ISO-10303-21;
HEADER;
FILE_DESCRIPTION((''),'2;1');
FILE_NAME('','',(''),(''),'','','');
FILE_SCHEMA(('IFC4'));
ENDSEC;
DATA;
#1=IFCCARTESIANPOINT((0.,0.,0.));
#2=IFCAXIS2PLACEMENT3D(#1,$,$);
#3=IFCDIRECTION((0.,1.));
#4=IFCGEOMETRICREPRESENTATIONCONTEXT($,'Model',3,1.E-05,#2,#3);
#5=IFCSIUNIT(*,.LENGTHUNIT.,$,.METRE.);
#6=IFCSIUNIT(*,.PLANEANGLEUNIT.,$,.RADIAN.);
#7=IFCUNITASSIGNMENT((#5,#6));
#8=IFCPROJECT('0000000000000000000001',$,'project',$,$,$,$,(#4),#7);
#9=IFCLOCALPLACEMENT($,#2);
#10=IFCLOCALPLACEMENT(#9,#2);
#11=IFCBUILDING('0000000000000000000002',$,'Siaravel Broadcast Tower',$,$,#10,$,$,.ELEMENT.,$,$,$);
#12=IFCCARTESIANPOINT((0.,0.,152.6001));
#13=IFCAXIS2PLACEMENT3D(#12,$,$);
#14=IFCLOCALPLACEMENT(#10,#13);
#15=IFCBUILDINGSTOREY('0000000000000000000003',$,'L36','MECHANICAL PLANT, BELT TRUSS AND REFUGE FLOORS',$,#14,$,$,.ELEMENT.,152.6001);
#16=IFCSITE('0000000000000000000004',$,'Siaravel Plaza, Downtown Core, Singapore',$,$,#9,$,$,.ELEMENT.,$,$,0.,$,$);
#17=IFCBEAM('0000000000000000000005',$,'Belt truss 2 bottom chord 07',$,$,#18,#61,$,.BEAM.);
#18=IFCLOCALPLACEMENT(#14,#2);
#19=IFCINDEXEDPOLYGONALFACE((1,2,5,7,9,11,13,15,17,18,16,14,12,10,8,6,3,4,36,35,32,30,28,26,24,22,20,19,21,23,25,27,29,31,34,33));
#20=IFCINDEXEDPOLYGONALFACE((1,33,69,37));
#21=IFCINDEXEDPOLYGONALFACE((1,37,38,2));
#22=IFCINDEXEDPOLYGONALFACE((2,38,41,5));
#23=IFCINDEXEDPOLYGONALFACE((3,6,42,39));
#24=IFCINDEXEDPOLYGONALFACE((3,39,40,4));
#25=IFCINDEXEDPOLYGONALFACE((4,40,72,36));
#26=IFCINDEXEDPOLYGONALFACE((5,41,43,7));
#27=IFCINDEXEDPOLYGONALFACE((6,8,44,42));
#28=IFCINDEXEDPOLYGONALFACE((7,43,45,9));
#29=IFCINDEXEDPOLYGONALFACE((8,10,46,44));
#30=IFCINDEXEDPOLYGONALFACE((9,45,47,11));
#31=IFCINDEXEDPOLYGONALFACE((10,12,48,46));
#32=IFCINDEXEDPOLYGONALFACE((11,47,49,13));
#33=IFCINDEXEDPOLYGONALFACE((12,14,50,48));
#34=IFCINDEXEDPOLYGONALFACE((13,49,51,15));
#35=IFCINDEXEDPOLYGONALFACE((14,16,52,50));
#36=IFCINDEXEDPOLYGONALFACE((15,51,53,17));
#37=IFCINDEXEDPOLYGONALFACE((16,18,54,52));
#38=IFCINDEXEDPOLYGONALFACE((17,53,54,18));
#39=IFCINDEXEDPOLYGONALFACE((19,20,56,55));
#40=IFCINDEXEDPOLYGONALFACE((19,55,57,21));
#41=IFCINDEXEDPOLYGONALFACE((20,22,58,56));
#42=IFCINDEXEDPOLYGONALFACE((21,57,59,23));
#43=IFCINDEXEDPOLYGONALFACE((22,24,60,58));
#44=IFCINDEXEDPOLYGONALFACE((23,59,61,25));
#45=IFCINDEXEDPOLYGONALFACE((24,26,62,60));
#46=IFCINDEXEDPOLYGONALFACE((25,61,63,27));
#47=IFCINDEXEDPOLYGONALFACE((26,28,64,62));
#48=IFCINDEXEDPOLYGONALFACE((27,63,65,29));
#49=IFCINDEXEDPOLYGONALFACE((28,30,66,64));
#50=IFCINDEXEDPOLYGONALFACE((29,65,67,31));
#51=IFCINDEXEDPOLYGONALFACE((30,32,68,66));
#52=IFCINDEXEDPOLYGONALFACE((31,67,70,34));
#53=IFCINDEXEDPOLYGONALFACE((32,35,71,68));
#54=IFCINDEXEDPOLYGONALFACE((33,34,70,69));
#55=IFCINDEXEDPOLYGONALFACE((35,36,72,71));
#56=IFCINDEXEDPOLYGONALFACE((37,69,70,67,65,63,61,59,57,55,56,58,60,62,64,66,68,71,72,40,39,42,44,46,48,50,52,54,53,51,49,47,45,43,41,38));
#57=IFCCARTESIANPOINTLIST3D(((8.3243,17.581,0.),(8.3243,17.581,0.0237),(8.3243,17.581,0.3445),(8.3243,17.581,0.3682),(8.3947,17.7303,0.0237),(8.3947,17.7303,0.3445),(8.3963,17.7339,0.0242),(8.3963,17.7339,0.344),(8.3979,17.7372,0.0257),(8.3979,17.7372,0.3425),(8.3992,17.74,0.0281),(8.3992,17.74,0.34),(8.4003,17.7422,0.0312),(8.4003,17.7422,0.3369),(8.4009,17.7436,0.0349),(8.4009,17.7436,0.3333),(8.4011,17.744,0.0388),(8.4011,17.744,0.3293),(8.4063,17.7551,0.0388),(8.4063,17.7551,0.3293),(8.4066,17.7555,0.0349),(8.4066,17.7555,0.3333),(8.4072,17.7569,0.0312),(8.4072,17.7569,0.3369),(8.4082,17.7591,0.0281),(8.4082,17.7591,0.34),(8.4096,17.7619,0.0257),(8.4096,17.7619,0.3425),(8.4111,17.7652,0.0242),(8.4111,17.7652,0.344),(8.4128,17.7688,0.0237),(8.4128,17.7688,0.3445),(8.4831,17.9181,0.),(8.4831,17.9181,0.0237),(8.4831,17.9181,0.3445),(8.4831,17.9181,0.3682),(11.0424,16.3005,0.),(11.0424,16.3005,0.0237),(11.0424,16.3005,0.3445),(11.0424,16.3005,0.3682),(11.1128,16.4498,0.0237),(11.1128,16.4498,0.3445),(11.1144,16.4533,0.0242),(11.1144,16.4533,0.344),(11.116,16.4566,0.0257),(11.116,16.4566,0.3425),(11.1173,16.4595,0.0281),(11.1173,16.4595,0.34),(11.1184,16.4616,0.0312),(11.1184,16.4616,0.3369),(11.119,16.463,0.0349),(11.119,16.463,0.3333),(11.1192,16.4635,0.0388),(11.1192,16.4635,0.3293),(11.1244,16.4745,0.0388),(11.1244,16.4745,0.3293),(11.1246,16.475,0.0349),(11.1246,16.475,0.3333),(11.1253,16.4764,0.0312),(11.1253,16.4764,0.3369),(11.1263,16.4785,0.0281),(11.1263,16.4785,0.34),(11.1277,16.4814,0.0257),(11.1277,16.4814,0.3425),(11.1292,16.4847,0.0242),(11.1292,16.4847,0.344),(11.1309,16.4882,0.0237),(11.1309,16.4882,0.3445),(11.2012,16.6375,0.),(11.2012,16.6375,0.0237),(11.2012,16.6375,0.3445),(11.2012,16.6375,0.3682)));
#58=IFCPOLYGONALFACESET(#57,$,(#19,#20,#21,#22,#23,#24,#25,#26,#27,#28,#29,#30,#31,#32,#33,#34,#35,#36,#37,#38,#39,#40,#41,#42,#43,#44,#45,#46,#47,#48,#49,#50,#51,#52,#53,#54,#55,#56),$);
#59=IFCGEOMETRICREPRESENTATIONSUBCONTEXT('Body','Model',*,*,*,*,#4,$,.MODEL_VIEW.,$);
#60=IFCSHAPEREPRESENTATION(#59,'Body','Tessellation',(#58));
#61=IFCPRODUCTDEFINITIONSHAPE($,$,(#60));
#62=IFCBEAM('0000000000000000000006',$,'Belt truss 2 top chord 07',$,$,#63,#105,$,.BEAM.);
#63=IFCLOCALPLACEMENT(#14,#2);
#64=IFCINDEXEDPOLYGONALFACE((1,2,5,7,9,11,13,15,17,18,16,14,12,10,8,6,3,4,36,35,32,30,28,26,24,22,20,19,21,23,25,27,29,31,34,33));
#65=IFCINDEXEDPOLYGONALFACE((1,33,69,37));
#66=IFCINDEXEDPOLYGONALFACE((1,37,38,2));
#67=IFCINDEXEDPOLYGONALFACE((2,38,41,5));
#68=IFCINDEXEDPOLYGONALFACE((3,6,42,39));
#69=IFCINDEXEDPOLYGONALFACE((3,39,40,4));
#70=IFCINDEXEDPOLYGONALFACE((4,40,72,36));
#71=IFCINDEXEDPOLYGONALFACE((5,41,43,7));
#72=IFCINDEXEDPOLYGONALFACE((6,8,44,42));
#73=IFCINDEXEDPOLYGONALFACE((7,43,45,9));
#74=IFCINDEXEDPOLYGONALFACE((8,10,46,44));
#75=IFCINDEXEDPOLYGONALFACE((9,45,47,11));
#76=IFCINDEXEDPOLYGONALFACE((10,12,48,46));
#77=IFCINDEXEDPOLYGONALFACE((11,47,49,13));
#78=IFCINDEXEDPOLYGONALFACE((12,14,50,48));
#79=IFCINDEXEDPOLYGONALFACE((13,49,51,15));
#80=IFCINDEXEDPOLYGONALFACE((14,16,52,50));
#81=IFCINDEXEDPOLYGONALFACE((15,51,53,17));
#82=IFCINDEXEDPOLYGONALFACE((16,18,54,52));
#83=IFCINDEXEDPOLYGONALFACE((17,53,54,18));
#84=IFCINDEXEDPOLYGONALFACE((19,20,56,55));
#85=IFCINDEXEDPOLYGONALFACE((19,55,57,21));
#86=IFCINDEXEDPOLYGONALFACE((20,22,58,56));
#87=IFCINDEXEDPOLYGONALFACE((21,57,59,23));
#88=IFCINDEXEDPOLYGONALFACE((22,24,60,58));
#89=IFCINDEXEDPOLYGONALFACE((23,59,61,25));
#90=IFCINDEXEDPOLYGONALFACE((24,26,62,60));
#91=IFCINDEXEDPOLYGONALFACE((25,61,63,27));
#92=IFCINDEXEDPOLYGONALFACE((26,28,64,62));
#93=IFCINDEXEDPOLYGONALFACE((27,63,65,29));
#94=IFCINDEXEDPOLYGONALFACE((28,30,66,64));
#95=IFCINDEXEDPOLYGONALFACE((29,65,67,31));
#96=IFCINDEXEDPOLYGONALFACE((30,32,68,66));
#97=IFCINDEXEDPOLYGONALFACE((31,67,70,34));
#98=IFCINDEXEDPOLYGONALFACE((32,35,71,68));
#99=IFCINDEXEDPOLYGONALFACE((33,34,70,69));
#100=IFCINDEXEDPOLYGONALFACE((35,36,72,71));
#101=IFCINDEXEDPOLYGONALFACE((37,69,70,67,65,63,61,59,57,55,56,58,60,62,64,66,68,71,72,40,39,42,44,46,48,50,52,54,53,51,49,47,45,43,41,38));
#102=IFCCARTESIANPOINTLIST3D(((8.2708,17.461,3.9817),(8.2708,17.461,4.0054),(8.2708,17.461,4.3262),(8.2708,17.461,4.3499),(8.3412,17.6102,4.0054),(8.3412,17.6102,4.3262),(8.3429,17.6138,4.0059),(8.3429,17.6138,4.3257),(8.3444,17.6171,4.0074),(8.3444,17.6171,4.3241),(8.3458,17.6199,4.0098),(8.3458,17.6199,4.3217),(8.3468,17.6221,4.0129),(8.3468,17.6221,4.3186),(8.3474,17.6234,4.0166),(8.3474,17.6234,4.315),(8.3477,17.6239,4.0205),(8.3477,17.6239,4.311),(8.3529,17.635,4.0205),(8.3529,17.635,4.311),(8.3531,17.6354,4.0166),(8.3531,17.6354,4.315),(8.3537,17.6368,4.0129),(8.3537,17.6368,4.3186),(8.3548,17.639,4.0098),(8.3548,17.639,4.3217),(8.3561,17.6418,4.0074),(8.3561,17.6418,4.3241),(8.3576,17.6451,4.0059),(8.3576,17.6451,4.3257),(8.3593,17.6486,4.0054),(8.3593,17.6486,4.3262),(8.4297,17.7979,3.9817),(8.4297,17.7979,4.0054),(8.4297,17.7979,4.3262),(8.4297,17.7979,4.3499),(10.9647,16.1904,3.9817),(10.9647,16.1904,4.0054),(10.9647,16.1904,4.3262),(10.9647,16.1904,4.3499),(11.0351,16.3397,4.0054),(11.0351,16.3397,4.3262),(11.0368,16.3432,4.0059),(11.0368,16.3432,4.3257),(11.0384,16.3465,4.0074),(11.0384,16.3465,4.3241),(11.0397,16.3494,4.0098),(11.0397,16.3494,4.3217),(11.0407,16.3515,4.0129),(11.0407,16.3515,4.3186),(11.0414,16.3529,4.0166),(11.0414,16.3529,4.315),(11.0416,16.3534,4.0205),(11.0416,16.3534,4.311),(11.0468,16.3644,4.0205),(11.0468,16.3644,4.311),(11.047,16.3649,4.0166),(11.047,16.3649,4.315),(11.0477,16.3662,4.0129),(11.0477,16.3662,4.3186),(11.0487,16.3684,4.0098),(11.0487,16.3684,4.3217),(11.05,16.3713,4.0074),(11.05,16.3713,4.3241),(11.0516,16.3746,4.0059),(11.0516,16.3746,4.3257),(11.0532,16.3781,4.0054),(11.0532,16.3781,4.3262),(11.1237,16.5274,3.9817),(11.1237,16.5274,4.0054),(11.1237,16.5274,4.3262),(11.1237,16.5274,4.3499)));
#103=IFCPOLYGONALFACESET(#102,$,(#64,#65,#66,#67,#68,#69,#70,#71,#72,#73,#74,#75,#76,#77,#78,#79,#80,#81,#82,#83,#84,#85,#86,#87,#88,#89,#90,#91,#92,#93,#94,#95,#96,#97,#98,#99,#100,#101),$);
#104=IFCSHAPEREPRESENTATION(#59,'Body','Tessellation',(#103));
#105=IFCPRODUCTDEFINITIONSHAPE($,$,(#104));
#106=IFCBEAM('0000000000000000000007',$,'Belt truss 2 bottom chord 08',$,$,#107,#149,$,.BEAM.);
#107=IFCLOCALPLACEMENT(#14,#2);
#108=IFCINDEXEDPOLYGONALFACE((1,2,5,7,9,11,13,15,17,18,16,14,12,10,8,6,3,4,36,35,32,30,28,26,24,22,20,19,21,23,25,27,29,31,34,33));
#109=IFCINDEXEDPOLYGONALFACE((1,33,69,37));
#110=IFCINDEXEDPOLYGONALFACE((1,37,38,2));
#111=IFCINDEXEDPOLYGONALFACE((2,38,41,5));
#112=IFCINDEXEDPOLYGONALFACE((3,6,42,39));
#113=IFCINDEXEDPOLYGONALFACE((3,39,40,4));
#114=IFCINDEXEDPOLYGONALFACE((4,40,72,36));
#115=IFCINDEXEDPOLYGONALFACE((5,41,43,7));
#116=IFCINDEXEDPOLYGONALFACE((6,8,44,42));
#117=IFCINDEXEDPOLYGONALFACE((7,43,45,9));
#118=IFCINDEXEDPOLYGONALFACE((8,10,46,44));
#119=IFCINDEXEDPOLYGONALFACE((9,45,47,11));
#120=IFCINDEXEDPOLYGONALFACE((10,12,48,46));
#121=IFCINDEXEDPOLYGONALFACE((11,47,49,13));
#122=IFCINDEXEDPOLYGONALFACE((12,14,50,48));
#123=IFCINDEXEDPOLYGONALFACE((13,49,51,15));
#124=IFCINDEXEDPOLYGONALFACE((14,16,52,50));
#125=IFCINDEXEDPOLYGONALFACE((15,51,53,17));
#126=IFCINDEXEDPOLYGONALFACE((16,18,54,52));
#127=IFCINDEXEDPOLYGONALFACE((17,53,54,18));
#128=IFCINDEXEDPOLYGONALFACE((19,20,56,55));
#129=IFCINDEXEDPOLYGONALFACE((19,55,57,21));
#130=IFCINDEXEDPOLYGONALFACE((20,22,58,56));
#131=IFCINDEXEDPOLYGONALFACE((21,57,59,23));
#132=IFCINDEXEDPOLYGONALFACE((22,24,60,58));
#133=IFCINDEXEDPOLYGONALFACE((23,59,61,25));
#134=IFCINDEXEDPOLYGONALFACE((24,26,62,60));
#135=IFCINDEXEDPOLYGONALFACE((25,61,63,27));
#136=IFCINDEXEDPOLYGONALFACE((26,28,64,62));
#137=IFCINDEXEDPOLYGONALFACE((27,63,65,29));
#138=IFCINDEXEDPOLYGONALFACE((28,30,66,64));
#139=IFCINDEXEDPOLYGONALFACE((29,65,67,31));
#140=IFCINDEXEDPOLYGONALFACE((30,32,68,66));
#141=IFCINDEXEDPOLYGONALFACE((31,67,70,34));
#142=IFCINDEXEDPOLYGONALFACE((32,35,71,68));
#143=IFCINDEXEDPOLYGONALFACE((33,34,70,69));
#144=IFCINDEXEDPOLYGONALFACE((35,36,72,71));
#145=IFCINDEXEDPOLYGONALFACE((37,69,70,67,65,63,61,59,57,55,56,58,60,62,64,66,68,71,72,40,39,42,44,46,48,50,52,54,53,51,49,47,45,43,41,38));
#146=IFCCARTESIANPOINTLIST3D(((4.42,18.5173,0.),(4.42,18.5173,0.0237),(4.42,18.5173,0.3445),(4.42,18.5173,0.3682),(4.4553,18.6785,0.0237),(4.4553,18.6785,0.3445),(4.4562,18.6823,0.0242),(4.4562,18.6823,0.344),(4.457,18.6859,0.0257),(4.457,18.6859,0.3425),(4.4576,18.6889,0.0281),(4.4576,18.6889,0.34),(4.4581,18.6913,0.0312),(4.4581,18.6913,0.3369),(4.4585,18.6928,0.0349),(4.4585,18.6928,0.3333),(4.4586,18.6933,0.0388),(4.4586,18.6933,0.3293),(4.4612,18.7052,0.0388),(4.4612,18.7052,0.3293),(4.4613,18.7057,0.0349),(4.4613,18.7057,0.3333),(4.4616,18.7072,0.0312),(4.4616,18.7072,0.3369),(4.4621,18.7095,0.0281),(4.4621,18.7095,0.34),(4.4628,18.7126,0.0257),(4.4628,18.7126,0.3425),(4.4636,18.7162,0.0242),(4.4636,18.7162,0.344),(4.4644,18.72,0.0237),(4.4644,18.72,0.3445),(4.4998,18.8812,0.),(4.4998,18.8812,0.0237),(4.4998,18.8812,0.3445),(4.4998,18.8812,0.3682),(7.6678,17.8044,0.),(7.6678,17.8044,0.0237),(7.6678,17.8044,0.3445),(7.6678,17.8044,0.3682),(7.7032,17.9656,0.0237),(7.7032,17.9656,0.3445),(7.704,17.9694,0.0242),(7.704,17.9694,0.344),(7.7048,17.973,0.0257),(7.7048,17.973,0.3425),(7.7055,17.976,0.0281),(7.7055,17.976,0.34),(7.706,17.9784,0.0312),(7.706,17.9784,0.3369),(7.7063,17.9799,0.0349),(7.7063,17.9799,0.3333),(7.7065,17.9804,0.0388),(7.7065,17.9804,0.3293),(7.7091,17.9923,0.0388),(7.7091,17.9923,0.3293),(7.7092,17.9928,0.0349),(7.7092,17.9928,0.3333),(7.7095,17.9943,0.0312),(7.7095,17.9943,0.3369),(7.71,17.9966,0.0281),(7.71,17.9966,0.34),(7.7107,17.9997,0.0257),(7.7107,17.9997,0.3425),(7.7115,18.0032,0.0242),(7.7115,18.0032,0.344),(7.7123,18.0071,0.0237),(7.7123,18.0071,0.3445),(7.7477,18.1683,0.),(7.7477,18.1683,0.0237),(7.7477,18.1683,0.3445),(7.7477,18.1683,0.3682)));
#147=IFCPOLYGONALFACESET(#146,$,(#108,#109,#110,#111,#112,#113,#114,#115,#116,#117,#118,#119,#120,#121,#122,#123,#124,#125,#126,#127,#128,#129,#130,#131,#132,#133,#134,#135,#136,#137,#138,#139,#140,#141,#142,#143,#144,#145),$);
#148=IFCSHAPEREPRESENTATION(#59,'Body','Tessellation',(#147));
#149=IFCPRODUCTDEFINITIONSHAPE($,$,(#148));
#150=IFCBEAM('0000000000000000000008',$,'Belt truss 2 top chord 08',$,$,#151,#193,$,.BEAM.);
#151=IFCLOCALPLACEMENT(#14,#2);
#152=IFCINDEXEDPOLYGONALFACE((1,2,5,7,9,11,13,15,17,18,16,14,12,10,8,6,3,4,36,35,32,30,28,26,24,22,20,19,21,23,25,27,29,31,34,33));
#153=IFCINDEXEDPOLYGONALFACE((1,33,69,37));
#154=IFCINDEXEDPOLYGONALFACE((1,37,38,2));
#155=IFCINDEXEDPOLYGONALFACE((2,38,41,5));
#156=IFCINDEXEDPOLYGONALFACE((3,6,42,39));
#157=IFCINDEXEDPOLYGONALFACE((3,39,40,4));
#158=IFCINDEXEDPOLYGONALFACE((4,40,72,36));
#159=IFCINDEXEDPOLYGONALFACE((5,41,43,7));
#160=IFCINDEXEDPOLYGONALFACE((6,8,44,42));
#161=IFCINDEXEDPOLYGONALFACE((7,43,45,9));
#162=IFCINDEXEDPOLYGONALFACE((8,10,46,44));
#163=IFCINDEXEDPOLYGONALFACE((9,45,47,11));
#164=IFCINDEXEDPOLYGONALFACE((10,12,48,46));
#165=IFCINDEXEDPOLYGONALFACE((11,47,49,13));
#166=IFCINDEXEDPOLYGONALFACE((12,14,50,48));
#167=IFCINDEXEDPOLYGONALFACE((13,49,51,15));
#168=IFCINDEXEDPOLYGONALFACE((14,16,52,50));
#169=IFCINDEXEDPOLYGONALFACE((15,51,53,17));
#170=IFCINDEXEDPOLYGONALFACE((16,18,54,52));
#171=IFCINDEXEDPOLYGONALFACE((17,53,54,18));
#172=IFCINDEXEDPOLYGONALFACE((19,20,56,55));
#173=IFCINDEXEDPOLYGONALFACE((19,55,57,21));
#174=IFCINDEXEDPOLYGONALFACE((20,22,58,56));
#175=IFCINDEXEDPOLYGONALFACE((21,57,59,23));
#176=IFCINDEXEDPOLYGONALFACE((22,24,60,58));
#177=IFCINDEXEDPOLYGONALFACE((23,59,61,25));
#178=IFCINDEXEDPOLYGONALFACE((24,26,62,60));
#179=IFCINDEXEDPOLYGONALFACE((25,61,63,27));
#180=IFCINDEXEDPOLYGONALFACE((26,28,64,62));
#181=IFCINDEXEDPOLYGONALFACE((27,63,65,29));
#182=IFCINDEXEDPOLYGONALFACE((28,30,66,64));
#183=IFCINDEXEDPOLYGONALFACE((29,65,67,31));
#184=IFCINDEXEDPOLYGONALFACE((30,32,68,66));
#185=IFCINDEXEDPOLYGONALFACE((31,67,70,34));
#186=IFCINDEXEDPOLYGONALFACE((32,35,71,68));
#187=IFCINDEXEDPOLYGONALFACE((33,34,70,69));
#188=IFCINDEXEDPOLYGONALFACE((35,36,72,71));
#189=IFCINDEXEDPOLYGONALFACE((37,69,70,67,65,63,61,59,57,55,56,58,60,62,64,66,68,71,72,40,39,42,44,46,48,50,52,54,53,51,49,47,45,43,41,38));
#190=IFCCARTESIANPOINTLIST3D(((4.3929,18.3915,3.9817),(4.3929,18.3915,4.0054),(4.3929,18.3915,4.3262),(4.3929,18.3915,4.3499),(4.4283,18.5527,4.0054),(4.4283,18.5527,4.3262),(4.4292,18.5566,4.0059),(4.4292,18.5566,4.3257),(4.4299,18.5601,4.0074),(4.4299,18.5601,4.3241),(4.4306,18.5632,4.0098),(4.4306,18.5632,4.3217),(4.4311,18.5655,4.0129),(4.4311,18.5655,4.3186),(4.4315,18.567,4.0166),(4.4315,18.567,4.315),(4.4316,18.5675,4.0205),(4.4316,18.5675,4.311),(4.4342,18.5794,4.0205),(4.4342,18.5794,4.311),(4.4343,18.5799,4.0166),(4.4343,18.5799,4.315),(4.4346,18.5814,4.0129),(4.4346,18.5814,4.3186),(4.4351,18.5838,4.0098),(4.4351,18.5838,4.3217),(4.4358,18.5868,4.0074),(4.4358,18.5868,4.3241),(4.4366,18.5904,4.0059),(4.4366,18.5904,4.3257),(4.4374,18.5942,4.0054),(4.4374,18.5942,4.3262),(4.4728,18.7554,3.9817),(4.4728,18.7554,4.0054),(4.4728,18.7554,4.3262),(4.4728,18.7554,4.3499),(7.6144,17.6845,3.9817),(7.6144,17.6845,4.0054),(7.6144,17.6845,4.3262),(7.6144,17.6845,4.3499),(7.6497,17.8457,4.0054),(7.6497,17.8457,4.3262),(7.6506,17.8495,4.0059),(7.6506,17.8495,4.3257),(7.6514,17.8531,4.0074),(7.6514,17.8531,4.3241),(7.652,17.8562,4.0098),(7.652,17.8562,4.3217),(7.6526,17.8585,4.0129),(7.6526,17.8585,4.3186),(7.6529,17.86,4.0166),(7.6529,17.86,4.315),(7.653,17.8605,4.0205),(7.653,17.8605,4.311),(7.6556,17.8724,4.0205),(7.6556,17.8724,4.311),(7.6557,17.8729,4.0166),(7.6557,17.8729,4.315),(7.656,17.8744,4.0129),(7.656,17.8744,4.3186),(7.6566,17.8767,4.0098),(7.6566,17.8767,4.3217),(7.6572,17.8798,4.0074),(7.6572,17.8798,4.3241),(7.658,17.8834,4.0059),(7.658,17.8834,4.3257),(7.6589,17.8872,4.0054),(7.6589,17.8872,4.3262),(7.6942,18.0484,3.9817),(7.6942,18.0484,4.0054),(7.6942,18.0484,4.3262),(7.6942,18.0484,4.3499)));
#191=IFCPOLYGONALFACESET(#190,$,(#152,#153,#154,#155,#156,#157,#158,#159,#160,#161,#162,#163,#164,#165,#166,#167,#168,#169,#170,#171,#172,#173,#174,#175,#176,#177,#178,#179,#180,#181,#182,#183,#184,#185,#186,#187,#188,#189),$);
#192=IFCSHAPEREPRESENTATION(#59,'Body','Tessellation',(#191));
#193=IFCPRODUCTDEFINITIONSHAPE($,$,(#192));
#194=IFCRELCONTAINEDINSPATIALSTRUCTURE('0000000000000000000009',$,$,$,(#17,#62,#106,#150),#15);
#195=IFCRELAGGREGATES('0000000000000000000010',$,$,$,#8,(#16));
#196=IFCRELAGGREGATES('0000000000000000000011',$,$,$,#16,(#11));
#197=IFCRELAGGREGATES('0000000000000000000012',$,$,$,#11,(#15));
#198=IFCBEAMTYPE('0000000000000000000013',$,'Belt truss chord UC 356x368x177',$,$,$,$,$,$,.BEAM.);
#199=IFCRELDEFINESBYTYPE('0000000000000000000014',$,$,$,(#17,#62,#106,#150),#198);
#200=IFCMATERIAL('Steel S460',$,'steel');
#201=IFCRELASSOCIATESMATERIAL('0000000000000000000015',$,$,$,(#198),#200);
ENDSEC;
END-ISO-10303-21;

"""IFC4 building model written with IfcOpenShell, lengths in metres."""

from ifc_helpers import new_model, si_unit, direction, frame, origin, origin_2d, place, context, subcontext, project, spatial, i_section, extrude, material, material_profile, profile_set, type_object, element, save


model = new_model("IFC4")

# Units and contexts
model_context = context("Model", 3, precision=1e-05, world=origin(), true_north=direction((0.0, 1.0)))
body_context = subcontext(model_context, "Body", "Model", "MODEL_VIEW")
ifc_project = project(units=[si_unit("LENGTHUNIT", "METRE"), si_unit("PLANEANGLEUNIT", "RADIAN")], contexts=[model_context])

# Site, building, storey
site_placement = place(None, origin())
site = spatial("IfcSite", under=ifc_project, at=site_placement, Name="Siaravel Plaza, Downtown Core, Singapore", CompositionType="ELEMENT", RefElevation=0.0)
building_placement = place(site_placement, origin())
building = spatial("IfcBuilding", under=site, at=building_placement, Name="Siaravel Broadcast Tower", CompositionType="ELEMENT")
storey_placement = place(building_placement, frame((0.0, 0.0, 152.6001)))
storey = spatial("IfcBuildingStorey", under=building, at=storey_placement, Name="L36", Description="MECHANICAL PLANT, BELT TRUSS AND REFUGE FLOORS", CompositionType="ELEMENT", Elevation=152.6001)

# Beams
ifc_material_1 = material(Name="Steel S460", Category="steel")
ifc_material_profile_1 = material_profile(ifc_material_1, i_section(OverallWidth=0.3726, OverallDepth=0.3682, WebThickness=0.0122, FlangeThickness=0.0237, FilletRadius=0.0151, at=origin_2d()))
ifc_profile_set_1 = profile_set([ifc_material_profile_1], Name="Steel S460")
beam_type_1 = type_object("IfcBeamType", Name="Belt truss chord UC 356x368x177", PredefinedType="BEAM", material=ifc_profile_set_1)
beam_1_placement = place(storey_placement, frame((11.1218, 16.469, 0.1841), z_axis=(-0.904633, 0.426192, 0.0), x_axis=(-0.426192, -0.904633, 0.0)))
element("IfcBeam", 1, at=beam_1_placement, inside=storey, type_object=beam_type_1, Name="Belt truss 2 bottom chord 07", PredefinedType="BEAM", context=body_context, shape_type="SweptSolid", body=[
    extrude(i_section(OverallWidth=0.3726, OverallDepth=0.3682, WebThickness=0.0122, FlangeThickness=0.0237, FilletRadius=0.0151, at=origin_2d()), origin(), (0.0, 0.0, 1.0), 3.0046),
])
beam_2_placement = place(storey_placement, frame((11.0442, 16.3589, 4.1658), z_axis=(-0.904454, 0.426571, 0.0), x_axis=(-0.426571, -0.904454, 0.0)))
element("IfcBeam", 2, at=beam_2_placement, inside=storey, type_object=beam_type_1, Name="Belt truss 2 top chord 07", PredefinedType="BEAM", context=body_context, shape_type="SweptSolid", body=[
    extrude(i_section(OverallWidth=0.3726, OverallDepth=0.3682, WebThickness=0.0122, FlangeThickness=0.0237, FilletRadius=0.0151, at=origin_2d()), origin(), (0.0, 0.0, 1.0), 2.9785),
])
beam_3_placement = place(storey_placement, frame((7.7078, 17.9863, 0.1841), z_axis=(-0.976747, 0.214395, 0.0), x_axis=(-0.214395, -0.976747, 0.0)))
element("IfcBeam", 3, at=beam_3_placement, inside=storey, type_object=beam_type_1, Name="Belt truss 2 bottom chord 08", PredefinedType="BEAM", context=body_context, shape_type="SweptSolid", body=[
    extrude(i_section(OverallWidth=0.3726, OverallDepth=0.3682, WebThickness=0.0122, FlangeThickness=0.0237, FilletRadius=0.0151, at=origin_2d()), origin(), (0.0, 0.0, 1.0), 3.3252),
])
beam_4_placement = place(storey_placement, frame((7.6543, 17.8665, 4.1658), z_axis=(-0.976752, 0.214375, 0.0), x_axis=(-0.214375, -0.976752, 0.0)))
element("IfcBeam", 4, at=beam_4_placement, inside=storey, type_object=beam_type_1, Name="Belt truss 2 top chord 08", PredefinedType="BEAM", context=body_context, shape_type="SweptSolid", body=[
    extrude(i_section(OverallWidth=0.3726, OverallDepth=0.3682, WebThickness=0.0122, FlangeThickness=0.0237, FilletRadius=0.0151, at=origin_2d()), origin(), (0.0, 0.0, 1.0), 3.2981),
])

save(model, "model.ifc")
